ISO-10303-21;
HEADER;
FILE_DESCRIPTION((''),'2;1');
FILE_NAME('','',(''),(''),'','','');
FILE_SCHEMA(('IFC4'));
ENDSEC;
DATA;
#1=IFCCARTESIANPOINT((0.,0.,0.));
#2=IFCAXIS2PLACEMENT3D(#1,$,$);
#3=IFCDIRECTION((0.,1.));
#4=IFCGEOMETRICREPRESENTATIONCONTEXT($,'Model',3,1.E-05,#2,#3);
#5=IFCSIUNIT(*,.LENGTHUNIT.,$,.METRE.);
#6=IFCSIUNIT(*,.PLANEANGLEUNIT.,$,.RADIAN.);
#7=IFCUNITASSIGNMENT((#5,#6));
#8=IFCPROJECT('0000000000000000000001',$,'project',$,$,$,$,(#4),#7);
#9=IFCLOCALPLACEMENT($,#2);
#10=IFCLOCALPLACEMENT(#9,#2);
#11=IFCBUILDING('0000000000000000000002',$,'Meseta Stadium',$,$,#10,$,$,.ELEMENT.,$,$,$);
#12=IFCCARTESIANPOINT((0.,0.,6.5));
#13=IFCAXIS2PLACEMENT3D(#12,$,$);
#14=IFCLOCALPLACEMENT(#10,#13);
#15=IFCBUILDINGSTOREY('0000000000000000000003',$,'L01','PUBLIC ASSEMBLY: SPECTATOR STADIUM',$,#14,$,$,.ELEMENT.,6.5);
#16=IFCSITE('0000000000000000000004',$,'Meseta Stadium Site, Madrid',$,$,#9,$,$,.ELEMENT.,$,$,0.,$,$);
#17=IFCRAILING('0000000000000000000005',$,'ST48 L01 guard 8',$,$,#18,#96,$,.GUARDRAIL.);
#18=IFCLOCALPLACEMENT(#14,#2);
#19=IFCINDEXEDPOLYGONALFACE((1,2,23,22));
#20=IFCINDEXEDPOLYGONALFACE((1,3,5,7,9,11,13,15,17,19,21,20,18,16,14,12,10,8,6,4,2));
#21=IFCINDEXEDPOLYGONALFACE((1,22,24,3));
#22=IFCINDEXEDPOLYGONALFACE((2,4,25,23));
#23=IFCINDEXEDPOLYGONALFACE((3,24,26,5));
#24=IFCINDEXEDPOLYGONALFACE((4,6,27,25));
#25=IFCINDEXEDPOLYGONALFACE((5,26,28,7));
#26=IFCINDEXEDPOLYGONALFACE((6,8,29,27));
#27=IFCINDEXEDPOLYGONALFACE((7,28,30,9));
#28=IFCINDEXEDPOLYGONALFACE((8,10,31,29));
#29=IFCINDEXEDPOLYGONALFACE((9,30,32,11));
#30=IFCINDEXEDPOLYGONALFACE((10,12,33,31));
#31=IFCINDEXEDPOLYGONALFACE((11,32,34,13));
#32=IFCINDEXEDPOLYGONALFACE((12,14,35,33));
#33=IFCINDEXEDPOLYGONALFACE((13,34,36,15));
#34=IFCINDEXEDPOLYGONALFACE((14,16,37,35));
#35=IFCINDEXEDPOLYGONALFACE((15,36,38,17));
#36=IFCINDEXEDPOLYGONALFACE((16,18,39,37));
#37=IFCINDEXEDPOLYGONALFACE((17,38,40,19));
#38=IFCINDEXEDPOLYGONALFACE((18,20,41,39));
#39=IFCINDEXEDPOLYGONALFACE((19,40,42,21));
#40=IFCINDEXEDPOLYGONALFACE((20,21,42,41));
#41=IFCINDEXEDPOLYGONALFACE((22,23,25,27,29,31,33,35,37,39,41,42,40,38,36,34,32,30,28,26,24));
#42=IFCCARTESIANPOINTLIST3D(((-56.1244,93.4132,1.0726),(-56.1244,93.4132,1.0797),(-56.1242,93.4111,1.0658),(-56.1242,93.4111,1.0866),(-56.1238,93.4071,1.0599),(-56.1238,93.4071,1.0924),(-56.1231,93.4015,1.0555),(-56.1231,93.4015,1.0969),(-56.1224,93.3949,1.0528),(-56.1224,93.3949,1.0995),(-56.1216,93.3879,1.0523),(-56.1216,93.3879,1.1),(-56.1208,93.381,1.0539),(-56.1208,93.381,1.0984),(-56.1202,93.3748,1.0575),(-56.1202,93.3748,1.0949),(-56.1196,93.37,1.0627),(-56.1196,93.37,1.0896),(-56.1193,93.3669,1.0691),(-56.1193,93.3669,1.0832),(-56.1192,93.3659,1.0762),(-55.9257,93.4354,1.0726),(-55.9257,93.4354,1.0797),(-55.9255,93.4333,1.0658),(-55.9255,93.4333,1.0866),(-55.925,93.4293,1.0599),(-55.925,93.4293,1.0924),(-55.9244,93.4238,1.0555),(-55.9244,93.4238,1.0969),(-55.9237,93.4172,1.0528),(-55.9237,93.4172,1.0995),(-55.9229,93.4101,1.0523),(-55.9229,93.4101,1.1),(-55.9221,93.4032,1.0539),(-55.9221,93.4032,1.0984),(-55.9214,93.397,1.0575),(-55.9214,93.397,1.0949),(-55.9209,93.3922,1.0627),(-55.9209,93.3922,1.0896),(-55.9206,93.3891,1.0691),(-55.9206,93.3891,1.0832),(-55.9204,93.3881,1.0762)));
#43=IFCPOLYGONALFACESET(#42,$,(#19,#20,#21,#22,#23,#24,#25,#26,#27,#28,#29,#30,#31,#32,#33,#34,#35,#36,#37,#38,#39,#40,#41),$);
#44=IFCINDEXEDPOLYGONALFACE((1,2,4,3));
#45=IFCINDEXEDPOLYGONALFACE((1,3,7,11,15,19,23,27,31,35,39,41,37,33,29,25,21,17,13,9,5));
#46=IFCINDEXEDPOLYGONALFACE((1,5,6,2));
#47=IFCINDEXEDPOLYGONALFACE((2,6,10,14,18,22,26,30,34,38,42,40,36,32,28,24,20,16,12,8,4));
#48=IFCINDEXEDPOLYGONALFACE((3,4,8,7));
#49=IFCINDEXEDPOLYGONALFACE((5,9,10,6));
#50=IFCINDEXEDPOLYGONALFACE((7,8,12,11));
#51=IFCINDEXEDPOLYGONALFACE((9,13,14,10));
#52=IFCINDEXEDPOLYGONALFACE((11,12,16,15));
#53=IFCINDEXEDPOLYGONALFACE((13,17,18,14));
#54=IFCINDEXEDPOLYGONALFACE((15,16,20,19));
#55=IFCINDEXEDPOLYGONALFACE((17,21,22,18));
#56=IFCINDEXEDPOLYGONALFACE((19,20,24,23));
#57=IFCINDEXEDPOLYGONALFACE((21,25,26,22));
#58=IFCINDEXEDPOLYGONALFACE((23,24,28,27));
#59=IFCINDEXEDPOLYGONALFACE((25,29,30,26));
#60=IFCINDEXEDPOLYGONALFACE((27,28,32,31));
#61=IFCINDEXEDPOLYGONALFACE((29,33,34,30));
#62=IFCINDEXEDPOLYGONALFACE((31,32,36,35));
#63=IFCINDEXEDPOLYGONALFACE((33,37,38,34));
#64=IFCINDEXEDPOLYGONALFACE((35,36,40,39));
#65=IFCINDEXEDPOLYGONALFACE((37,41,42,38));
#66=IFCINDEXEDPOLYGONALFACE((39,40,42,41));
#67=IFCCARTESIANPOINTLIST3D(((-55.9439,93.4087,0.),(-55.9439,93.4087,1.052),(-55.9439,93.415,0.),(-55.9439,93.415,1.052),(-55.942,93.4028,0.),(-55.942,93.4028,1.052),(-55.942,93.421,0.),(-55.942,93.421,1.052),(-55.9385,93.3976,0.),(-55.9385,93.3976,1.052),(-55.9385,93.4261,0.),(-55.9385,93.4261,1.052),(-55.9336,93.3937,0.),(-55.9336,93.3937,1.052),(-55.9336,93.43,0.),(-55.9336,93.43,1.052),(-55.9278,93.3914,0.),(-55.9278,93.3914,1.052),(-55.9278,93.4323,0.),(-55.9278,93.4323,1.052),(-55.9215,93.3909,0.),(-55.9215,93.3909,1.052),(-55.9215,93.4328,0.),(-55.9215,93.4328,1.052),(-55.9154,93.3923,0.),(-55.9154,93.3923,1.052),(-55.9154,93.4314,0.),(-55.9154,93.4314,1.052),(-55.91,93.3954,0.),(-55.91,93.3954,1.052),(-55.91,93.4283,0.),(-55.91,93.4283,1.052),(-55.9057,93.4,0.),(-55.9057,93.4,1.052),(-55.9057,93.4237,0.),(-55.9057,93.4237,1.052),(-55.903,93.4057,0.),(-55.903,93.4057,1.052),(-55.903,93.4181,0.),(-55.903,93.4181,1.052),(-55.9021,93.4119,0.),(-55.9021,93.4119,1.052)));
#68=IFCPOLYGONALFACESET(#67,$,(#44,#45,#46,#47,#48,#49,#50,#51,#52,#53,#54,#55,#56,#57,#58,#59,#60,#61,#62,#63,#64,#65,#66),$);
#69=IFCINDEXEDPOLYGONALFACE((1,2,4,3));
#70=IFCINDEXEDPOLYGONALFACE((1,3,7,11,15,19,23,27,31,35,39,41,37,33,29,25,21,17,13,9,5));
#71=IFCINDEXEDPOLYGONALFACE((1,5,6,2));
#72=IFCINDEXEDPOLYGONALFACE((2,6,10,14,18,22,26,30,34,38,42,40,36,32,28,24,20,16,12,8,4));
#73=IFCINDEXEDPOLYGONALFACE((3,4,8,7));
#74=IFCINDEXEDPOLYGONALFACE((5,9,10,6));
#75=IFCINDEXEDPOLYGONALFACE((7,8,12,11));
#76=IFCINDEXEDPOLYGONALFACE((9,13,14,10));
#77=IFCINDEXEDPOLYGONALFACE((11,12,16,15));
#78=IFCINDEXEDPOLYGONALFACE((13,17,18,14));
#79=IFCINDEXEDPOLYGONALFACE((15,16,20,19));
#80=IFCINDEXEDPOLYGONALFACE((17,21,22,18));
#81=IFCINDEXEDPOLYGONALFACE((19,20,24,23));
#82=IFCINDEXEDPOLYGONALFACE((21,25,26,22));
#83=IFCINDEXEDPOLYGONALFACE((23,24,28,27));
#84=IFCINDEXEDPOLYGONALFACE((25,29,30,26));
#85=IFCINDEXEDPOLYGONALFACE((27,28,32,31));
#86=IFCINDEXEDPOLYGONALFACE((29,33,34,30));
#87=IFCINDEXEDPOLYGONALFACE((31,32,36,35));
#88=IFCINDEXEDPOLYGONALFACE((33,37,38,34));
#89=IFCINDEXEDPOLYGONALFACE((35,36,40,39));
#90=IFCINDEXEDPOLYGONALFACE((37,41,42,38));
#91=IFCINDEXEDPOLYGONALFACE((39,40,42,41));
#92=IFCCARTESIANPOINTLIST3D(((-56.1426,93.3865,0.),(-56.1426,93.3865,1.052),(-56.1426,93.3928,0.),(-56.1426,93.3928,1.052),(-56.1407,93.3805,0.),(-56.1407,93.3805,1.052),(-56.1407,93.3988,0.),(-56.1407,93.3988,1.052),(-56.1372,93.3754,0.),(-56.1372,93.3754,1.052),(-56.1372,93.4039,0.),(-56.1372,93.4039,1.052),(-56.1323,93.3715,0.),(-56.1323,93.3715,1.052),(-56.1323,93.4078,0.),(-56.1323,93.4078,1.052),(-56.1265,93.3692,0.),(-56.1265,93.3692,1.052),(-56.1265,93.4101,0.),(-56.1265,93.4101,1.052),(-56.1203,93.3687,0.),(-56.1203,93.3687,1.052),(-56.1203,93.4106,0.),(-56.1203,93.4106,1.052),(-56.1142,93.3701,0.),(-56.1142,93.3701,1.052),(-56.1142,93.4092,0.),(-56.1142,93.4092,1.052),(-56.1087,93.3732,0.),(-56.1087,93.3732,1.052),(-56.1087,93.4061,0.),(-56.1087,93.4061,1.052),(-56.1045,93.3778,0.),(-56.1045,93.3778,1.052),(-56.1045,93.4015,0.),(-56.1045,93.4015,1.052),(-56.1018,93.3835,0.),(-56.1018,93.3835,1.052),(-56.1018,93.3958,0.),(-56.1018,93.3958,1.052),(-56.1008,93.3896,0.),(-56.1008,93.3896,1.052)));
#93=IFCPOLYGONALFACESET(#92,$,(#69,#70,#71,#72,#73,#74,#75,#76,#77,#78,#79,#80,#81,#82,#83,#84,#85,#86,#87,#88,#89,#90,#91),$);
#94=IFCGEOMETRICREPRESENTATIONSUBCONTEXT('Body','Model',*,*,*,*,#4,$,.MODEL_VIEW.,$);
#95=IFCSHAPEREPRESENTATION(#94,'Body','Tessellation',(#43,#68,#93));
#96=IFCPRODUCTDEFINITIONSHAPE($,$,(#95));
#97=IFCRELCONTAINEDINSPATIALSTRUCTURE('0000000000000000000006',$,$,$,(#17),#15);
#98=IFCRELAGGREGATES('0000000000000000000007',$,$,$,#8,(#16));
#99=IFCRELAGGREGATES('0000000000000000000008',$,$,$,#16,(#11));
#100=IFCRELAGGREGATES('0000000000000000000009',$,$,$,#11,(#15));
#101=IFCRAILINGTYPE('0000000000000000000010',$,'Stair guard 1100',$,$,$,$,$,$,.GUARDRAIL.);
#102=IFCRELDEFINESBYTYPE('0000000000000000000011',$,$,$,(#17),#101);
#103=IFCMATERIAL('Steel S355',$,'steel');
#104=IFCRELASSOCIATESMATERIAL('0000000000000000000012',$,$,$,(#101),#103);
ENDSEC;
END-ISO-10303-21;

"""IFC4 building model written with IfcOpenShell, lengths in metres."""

from ifc_helpers import new_model, si_unit, direction, frame, origin, origin_2d, place, context, subcontext, project, spatial, circle, extrude, material, type_object, element, save


model = new_model("IFC4")

# Units and contexts
model_context = context("Model", 3, precision=1e-05, world=origin(), true_north=direction((0.0, 1.0)))
body_context = subcontext(model_context, "Body", "Model", "MODEL_VIEW")
ifc_project = project(units=[si_unit("LENGTHUNIT", "METRE"), si_unit("PLANEANGLEUNIT", "RADIAN")], contexts=[model_context])

# Site, building, storey
site_placement = place(None, origin())
site = spatial("IfcSite", under=ifc_project, at=site_placement, Name="Meseta Stadium Site, Madrid", CompositionType="ELEMENT", RefElevation=0.0)
building_placement = place(site_placement, origin())
building = spatial("IfcBuilding", under=site, at=building_placement, Name="Meseta Stadium", CompositionType="ELEMENT")
storey_placement = place(building_placement, frame((0.0, 0.0, 6.5)))
storey = spatial("IfcBuildingStorey", under=building, at=storey_placement, Name="L01", Description="PUBLIC ASSEMBLY: SPECTATOR STADIUM", CompositionType="ELEMENT", Elevation=6.5)

# Railing
ifc_material_1 = material(Name="Steel S355", Category="steel")
railing_type_1 = type_object("IfcRailingType", Name="Stair guard 1100", PredefinedType="GUARDRAIL", material=ifc_material_1)
railing_1_placement = place(storey_placement, frame((-55.9231, 93.4119, 0.0)))
element("IfcRailing", 1, at=railing_1_placement, inside=storey, type_object=railing_type_1, Name="ST48 L01 guard 8", PredefinedType="GUARDRAIL", context=body_context, shape_type="SweptSolid", body=[
    extrude(circle(Radius=0.0239, at=origin_2d()), frame((0.0, 0.0, 1.0762), z_axis=(-0.993809, -0.111102, 0.0), x_axis=(0.111102, -0.993809, 0.0)), (0.0, 0.0, 1.0), 0.2),
    extrude(circle(Radius=0.021, at=origin_2d()), origin(), (0.0, 0.0, 1.0), 1.052),
    extrude(circle(Radius=0.021, at=origin_2d()), frame((-0.1987, -0.0222, 0.0)), (0.0, 0.0, 1.0), 1.052),
])

save(model, "model.ifc")
